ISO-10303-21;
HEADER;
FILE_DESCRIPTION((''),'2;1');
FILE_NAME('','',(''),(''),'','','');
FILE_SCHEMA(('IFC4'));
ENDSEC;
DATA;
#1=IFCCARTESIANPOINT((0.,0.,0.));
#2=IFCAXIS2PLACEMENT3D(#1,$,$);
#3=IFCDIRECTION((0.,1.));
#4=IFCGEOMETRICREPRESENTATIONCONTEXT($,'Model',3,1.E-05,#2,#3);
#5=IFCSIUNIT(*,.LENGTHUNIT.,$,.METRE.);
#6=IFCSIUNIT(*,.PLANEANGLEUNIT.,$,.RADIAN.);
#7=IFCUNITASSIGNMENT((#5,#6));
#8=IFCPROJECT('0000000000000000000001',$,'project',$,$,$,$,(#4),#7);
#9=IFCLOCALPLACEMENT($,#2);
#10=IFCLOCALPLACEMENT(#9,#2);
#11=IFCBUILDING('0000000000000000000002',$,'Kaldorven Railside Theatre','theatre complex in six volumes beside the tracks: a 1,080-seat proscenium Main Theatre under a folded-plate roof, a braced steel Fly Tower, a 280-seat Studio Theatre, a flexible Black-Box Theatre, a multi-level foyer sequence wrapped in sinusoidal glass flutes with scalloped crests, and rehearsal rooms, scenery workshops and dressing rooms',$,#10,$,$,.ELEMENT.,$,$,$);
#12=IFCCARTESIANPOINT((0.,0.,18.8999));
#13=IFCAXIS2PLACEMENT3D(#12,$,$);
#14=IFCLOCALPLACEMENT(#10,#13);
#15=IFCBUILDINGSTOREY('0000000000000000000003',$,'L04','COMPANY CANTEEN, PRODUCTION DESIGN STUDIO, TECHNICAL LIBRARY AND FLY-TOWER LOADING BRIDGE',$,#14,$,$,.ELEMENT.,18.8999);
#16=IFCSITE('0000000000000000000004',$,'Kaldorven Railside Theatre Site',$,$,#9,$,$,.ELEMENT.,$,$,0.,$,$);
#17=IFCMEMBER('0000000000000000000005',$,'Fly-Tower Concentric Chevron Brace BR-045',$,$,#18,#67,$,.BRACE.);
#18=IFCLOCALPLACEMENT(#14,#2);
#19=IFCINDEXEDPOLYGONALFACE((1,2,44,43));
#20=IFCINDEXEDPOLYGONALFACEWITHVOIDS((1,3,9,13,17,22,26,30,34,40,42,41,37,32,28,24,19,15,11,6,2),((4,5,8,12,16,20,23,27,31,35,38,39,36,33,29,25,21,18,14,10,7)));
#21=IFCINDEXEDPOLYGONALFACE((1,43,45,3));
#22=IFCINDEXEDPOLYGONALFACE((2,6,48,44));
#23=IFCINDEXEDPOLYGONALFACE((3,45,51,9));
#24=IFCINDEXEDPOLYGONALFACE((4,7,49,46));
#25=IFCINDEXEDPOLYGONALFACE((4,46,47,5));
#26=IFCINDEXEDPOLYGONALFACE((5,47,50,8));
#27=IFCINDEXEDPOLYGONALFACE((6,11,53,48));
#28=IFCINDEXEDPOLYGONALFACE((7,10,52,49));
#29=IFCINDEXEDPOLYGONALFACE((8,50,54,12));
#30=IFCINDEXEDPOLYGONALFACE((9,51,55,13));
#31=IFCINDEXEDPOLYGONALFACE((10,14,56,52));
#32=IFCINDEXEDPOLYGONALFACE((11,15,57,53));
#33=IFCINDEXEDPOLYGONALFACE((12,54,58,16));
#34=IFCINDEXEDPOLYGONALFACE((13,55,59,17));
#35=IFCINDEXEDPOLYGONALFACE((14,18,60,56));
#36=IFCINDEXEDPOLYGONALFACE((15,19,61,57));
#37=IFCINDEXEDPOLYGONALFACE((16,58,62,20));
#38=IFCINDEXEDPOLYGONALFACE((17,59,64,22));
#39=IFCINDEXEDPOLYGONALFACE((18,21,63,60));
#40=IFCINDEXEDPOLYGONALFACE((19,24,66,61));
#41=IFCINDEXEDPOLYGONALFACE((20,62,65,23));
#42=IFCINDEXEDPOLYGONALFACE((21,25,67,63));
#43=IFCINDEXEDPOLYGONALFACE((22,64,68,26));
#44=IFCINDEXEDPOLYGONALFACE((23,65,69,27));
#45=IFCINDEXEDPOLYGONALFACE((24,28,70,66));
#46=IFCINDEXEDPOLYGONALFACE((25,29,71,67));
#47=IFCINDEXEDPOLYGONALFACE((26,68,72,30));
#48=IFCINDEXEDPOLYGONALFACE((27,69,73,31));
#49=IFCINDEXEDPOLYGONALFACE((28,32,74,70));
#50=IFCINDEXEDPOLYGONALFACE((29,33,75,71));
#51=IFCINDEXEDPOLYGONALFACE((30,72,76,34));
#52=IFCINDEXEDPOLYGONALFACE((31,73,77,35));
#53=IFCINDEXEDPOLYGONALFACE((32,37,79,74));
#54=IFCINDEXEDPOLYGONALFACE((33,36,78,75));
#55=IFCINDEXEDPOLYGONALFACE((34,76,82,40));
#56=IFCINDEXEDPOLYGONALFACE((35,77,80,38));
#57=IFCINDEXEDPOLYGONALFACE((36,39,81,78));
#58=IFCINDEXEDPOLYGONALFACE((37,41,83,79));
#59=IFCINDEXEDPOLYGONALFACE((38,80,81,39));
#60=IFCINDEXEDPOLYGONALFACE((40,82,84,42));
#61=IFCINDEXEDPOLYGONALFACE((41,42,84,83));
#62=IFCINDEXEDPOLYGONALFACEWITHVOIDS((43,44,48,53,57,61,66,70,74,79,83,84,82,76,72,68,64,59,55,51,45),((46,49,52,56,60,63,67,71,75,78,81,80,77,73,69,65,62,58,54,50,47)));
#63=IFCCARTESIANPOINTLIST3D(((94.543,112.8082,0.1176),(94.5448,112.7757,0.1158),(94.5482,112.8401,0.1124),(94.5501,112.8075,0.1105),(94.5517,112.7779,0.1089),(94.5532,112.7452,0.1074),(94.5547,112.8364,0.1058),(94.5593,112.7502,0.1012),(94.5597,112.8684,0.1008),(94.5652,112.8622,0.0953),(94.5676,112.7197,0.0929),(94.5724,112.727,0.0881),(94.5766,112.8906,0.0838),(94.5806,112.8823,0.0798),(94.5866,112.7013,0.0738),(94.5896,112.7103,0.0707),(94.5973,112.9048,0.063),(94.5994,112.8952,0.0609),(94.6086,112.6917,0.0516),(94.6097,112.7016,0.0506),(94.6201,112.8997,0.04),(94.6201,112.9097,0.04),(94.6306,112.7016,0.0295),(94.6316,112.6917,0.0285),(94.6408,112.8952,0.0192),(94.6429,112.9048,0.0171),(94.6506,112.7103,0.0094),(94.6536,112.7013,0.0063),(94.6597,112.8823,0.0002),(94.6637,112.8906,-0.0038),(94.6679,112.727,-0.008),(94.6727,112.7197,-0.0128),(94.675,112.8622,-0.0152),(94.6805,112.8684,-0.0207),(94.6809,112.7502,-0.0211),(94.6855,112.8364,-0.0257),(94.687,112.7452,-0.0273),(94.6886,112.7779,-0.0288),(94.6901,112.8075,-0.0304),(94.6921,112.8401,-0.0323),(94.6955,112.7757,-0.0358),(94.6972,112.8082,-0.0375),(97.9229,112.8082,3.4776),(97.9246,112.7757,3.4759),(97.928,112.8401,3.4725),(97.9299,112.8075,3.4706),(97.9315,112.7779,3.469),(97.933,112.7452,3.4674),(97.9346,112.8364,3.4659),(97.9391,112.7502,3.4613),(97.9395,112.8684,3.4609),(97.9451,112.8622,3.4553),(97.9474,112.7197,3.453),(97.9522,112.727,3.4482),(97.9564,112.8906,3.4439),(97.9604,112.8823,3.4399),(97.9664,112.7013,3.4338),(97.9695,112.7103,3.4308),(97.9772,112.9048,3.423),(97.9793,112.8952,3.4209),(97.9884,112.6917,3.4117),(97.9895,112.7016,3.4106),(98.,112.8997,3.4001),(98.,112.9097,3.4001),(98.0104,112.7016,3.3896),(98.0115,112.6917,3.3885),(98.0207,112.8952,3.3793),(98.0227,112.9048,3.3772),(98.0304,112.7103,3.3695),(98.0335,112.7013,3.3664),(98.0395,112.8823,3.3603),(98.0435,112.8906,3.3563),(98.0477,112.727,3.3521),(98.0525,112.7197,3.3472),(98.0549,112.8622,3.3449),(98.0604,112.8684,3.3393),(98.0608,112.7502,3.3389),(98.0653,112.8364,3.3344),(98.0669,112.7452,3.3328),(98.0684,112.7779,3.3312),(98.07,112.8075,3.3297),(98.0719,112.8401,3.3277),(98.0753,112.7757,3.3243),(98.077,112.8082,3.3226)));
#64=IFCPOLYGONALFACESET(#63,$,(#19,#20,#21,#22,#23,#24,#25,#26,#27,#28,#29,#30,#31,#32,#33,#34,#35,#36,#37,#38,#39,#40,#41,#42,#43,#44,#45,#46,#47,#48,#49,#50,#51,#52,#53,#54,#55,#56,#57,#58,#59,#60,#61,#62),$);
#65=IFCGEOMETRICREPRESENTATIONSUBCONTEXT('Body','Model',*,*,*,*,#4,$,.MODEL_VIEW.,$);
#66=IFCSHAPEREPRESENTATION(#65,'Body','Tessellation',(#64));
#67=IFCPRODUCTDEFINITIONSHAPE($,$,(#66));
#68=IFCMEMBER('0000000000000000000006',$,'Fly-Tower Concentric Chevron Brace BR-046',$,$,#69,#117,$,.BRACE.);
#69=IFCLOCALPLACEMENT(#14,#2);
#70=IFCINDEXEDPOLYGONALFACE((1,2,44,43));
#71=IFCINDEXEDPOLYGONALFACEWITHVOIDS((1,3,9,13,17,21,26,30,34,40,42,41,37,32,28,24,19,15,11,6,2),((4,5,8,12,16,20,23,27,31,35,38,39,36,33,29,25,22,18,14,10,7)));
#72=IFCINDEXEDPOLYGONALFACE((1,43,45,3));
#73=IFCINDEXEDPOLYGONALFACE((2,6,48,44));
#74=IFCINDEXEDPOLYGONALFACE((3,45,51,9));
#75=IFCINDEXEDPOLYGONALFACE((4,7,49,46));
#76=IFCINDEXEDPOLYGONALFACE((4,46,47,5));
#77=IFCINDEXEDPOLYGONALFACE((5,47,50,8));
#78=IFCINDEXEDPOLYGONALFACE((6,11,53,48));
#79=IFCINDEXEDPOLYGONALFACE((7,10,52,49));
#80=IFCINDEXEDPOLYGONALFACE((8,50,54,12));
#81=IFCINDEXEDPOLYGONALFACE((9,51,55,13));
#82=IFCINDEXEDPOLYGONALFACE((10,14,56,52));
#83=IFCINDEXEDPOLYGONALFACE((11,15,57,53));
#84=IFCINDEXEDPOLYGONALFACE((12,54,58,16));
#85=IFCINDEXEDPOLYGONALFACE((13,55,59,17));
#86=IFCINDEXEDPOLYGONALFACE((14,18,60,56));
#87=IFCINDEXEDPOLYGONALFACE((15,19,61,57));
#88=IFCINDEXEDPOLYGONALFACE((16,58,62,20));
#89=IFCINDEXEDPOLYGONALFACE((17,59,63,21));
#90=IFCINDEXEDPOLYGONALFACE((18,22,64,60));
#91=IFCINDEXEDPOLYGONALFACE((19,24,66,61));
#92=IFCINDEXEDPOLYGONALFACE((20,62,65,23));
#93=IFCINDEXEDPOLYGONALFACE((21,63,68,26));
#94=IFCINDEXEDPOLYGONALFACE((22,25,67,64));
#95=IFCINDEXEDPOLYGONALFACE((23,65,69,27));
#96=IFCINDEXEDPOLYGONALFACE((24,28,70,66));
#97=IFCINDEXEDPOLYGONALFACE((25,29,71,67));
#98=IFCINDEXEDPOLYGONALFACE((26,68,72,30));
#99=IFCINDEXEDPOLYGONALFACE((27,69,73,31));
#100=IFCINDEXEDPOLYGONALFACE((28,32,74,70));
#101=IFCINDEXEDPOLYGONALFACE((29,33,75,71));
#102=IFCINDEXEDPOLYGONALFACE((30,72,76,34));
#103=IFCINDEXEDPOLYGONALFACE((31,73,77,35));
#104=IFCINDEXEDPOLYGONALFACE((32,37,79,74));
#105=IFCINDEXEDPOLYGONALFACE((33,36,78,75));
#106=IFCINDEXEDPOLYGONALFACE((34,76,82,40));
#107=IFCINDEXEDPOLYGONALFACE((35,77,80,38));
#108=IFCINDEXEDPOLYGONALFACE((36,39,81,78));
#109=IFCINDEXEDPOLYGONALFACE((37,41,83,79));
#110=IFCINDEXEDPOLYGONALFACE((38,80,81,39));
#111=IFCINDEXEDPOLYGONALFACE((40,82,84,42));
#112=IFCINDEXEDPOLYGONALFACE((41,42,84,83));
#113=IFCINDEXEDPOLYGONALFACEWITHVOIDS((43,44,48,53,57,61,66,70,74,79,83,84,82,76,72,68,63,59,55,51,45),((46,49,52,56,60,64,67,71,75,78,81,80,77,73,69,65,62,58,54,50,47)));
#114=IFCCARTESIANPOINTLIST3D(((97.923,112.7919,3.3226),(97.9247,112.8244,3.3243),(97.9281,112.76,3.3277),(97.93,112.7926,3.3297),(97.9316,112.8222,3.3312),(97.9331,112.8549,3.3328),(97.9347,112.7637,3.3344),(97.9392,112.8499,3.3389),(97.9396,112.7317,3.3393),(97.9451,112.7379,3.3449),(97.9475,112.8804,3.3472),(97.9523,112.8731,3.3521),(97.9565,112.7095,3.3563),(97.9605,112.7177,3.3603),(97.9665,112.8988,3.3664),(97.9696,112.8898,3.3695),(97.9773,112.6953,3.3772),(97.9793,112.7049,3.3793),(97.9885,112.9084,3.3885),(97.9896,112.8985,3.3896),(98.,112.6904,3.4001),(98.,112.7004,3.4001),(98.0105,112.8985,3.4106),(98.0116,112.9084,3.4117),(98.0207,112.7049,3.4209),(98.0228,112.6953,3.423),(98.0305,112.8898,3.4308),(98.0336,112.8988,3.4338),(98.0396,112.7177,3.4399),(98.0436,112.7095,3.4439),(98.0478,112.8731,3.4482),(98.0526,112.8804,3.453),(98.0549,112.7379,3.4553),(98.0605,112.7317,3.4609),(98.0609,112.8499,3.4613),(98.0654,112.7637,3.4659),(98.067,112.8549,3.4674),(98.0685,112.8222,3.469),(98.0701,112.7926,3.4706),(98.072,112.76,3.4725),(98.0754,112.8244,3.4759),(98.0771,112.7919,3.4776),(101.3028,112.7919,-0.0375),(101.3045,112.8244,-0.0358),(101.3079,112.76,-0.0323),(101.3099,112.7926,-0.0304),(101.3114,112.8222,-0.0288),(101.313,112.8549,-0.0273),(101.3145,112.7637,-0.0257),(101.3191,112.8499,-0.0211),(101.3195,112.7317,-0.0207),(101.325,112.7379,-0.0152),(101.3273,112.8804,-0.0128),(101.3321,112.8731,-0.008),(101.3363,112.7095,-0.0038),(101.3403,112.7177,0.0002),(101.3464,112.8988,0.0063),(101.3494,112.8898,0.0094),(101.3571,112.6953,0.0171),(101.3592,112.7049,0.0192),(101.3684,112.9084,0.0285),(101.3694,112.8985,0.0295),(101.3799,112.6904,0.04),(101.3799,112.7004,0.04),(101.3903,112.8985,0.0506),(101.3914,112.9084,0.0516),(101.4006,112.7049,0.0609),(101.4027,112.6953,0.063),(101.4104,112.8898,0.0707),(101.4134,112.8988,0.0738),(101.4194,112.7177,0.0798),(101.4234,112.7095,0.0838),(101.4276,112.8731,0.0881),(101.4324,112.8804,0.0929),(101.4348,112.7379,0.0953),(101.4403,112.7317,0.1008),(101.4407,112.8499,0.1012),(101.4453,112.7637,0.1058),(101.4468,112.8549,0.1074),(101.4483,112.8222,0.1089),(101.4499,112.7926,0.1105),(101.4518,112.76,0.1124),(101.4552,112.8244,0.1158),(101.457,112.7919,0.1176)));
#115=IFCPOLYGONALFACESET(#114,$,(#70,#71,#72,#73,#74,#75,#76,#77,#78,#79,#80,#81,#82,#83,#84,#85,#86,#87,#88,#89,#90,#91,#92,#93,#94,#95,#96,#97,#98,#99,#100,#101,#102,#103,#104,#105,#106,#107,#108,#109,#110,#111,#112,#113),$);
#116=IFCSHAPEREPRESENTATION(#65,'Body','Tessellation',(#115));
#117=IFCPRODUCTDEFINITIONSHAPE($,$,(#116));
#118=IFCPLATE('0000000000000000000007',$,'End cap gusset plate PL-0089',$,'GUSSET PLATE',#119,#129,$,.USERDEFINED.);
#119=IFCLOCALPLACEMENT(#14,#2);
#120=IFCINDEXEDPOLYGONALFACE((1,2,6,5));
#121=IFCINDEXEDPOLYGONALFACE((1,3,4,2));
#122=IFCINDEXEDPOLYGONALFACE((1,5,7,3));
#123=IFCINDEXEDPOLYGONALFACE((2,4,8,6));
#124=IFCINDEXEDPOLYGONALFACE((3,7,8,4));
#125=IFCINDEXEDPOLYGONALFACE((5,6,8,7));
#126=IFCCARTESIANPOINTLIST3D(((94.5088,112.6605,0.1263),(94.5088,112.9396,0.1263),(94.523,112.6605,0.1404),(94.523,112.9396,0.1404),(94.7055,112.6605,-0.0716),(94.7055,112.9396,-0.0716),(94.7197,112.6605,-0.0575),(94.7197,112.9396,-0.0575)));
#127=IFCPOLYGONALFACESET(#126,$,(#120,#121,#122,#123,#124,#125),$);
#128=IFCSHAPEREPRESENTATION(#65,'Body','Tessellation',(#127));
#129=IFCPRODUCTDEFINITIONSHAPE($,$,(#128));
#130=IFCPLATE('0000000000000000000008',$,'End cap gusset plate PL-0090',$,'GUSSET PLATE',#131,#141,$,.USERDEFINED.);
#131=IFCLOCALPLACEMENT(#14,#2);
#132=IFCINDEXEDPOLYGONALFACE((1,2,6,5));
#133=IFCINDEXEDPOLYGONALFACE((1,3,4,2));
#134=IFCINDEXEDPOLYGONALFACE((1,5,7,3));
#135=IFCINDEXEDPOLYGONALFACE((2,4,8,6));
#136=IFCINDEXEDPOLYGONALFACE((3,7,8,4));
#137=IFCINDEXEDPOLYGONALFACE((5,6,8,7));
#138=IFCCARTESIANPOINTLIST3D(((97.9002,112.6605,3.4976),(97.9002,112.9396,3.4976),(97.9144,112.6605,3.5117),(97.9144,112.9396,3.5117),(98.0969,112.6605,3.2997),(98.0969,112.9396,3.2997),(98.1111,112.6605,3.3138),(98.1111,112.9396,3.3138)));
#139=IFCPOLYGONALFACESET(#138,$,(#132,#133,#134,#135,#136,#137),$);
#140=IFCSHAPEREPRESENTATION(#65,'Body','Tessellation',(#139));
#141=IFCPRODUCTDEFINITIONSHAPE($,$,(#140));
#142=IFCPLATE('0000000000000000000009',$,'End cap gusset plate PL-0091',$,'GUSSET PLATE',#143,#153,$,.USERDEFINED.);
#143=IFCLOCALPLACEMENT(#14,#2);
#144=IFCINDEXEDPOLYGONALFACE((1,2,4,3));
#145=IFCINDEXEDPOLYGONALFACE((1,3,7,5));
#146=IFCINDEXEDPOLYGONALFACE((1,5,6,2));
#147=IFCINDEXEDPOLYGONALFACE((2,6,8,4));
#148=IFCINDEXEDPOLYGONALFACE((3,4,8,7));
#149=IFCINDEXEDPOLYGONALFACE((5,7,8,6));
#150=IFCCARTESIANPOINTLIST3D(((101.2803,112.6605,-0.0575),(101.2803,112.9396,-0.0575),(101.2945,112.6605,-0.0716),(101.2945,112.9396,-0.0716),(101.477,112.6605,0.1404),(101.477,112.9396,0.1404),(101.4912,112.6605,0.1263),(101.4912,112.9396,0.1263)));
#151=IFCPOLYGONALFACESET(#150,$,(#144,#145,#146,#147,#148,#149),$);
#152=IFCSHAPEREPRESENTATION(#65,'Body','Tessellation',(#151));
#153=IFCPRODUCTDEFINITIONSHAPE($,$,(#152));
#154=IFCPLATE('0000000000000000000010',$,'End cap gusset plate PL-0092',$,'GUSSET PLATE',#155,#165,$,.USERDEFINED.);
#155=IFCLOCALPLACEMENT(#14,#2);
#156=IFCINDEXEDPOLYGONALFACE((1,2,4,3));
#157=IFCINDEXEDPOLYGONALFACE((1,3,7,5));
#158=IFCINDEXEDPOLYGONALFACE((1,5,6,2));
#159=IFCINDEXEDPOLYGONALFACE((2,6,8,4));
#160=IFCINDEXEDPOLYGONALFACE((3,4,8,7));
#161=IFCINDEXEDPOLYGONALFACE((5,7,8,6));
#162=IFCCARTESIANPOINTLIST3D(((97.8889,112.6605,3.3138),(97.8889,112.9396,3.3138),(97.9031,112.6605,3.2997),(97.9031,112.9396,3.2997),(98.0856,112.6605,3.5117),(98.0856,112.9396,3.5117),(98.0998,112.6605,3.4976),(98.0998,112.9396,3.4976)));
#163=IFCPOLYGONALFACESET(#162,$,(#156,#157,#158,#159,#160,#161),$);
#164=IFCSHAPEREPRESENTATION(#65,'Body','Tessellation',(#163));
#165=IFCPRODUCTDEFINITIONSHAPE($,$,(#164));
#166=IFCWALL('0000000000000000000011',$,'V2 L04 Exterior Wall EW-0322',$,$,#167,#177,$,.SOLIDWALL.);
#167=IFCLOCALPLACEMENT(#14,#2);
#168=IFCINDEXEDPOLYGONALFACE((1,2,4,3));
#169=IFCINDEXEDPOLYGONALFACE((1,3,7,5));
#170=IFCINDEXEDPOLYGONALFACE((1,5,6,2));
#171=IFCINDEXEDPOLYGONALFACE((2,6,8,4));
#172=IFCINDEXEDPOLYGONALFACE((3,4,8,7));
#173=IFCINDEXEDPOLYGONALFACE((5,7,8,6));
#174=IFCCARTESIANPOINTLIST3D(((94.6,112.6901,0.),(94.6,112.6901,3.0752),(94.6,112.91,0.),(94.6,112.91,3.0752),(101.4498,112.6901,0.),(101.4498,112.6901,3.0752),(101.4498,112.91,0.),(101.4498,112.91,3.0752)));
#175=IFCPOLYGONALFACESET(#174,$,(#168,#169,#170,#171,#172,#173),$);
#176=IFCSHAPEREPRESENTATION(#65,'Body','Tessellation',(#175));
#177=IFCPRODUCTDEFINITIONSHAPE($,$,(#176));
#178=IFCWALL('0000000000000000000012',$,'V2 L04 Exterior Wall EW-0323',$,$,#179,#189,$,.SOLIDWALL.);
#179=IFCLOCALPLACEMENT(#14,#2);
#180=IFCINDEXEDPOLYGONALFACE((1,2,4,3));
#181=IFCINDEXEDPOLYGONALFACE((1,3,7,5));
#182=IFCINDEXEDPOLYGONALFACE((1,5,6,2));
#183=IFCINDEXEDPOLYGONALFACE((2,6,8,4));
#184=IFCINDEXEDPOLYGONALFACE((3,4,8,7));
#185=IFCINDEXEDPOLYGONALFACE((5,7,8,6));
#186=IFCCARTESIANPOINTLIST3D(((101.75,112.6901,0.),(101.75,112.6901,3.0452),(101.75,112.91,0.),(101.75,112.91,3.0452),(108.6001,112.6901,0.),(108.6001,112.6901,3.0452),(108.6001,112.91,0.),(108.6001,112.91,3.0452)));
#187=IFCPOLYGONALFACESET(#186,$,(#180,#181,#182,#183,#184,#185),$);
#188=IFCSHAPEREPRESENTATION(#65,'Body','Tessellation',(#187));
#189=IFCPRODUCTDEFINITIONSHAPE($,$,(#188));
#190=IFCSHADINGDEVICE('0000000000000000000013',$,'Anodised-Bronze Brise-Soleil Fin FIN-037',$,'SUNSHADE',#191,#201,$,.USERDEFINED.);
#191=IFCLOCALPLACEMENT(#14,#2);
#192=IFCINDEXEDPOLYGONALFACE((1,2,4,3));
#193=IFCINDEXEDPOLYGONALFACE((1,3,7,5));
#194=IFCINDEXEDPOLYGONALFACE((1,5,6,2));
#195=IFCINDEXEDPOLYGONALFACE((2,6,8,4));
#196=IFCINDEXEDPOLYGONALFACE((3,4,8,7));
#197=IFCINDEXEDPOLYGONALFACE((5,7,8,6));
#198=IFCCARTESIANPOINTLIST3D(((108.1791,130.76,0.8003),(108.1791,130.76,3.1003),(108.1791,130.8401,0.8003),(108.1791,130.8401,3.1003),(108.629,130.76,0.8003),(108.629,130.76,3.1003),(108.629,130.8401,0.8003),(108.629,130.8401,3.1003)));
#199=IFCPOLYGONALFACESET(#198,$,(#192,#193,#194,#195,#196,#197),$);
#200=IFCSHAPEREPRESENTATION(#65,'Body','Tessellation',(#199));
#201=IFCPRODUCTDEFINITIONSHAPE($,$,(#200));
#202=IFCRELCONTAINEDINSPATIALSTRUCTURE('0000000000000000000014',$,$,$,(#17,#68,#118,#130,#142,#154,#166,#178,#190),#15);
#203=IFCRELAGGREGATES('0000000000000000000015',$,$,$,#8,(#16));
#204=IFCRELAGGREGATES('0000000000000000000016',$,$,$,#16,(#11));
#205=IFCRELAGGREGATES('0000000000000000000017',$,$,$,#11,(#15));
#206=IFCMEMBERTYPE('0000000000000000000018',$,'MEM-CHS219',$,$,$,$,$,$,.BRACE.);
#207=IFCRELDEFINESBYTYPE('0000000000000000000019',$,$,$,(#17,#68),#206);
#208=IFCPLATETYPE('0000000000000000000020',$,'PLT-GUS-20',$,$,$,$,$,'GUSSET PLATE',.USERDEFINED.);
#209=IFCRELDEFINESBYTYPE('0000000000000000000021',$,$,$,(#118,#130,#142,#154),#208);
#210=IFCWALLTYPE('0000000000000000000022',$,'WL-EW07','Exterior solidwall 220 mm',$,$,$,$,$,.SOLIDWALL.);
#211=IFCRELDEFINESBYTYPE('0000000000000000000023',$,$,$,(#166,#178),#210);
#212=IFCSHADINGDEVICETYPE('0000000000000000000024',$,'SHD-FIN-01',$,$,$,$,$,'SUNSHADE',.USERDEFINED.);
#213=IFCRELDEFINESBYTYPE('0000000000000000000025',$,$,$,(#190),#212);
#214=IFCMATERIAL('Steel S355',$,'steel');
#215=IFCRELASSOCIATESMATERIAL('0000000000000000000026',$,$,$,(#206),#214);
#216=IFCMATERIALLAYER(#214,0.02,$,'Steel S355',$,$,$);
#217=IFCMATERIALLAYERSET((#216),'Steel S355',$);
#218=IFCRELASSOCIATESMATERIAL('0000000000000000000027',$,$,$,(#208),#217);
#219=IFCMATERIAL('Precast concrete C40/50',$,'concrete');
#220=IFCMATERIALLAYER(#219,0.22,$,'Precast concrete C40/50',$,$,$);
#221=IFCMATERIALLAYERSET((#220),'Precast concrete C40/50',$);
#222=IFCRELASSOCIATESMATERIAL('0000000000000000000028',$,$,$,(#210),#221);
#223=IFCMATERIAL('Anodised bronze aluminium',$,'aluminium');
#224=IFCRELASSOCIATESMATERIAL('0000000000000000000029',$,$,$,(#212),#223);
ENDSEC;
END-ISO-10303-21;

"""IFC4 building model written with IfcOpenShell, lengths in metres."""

from ifc_helpers import new_model, si_unit, direction, frame, frame_2d, origin, origin_2d, place, context, subcontext, project, spatial, rectangle, hollow_circle, extrude, material, layer, layer_set, material_profile, profile_set, type_object, element, save


model = new_model("IFC4")

# Units and contexts
model_context = context("Model", 3, precision=1e-05, world=origin(), true_north=direction((0.0, 1.0)))
body_context = subcontext(model_context, "Body", "Model", "MODEL_VIEW")
ifc_project = project(units=[si_unit("LENGTHUNIT", "METRE"), si_unit("PLANEANGLEUNIT", "RADIAN")], contexts=[model_context])

# Site, building, storey
site_placement = place(None, origin())
site = spatial("IfcSite", under=ifc_project, at=site_placement, Name="Kaldorven Railside Theatre Site", CompositionType="ELEMENT", RefElevation=0.0)
building_placement = place(site_placement, origin())
building = spatial("IfcBuilding", under=site, at=building_placement, Name="Kaldorven Railside Theatre", Description="theatre complex in six volumes beside the tracks: a 1,080-seat proscenium Main Theatre under a folded-plate roof, a braced steel Fly Tower, a 280-seat Studio Theatre, a flexible Black-Box Theatre, a multi-level foyer sequence wrapped in sinusoidal glass flutes with scalloped crests, and rehearsal rooms, scenery workshops and dressing rooms", CompositionType="ELEMENT")
storey_placement = place(building_placement, frame((0.0, 0.0, 18.8999)))
storey = spatial("IfcBuildingStorey", under=building, at=storey_placement, Name="L04", Description="COMPANY CANTEEN, PRODUCTION DESIGN STUDIO, TECHNICAL LIBRARY AND FLY-TOWER LOADING BRIDGE", CompositionType="ELEMENT", Elevation=18.8999)

# Shared definitions
ifc_material_1 = material(Name="Steel S355", Category="steel")

# Members
ifc_material_profile_1 = material_profile(ifc_material_1, hollow_circle(Radius=0.1096, WallThickness=0.01, at=origin_2d()), Name="CHS 219.1x10")
ifc_profile_set_1 = profile_set([ifc_material_profile_1], Name="Steel S355")
member_type = type_object("IfcMemberType", Name="MEM-CHS219", PredefinedType="BRACE", material=ifc_profile_set_1)
for number, where, z_axis, x_axis, name in (
    (1, (94.6201, 112.8, 0.04), (0.709178, 0.0, 0.705029), (0.0, 1.0, 0.0), "Fly-Tower Concentric Chevron Brace BR-045"),
    (2, (101.3799, 112.8, 0.04), (-0.709178, 0.0, 0.705029), (0.0, -1.0, 0.0), "Fly-Tower Concentric Chevron Brace BR-046"),
):
    element("IfcMember", number, at=place(storey_placement, frame(where, z_axis=z_axis, x_axis=x_axis)), inside=storey, type_object=member_type, Name=name, PredefinedType="BRACE", context=body_context, shape_type="SweptSolid", body=[
        extrude(hollow_circle(Radius=0.1096, WallThickness=0.01, at=origin_2d()), origin(), (0.0, 0.0, 1.0), 4.7659),
    ])

# Plates
ifc_layer_1 = layer(ifc_material_1, 0.02, Name="Steel S355")
ifc_layer_set_1 = layer_set([ifc_layer_1], Name="Steel S355")
plate_type = type_object("IfcPlateType", Name="PLT-GUS-20", ElementType="GUSSET PLATE", PredefinedType="USERDEFINED", material=ifc_layer_set_1)
for number, where, z_axis, x_axis, name in (
    (3, (94.6072, 112.8, 0.0273), (0.709202, 0.0, 0.705006), (0.0, 1.0, 0.0), "End cap gusset plate PL-0089"),
    (4, (97.9985, 112.8, 3.3987), (0.709202, 0.0, 0.705006), (0.0, 1.0, 0.0), "End cap gusset plate PL-0090"),
    (5, (101.3928, 112.8, 0.0273), (-0.709202, 0.0, 0.705006), (0.0, -1.0, 0.0), "End cap gusset plate PL-0091"),
    (6, (98.0015, 112.8, 3.3987), (-0.709202, 0.0, 0.705006), (0.0, -1.0, 0.0), "End cap gusset plate PL-0092"),
):
    element("IfcPlate", number, at=place(storey_placement, frame(where, z_axis=z_axis, x_axis=x_axis)), inside=storey, type_object=plate_type, Name=name, ObjectType="GUSSET PLATE", PredefinedType="USERDEFINED", context=body_context, shape_type="SweptSolid", body=[
        extrude(rectangle(XDim=0.2791, YDim=0.2791, at=origin_2d()), origin(), (0.0, 0.0, 1.0), 0.02),
    ])

# Walls
ifc_material_2 = material(Name="Precast concrete C40/50", Category="concrete")
ifc_layer_2 = layer(ifc_material_2, 0.22, Name="Precast concrete C40/50")
ifc_layer_set_2 = layer_set([ifc_layer_2], Name="Precast concrete C40/50")
wall_type = type_object("IfcWallType", Name="WL-EW07", Description="Exterior solidwall 220 mm", PredefinedType="SOLIDWALL", material=ifc_layer_set_2)
wall_1_placement = place(storey_placement, frame((94.6001, 112.8, 0.0), z_axis=(0.0, 0.0, 1.0), x_axis=(1.0, 0.0, 0.0)))
element("IfcWall", 7, at=wall_1_placement, inside=storey, type_object=wall_type, Name="V2 L04 Exterior Wall EW-0322", PredefinedType="SOLIDWALL", context=body_context, shape_type="SweptSolid", body=[
    extrude(rectangle(XDim=6.8499, YDim=0.22, at=frame_2d((3.4248, 0.0))), origin(), (0.0, 0.0, 1.0), 3.0752),
])
wall_2_placement = place(storey_placement, frame((101.75, 112.8, 0.0), z_axis=(0.0, 0.0, 1.0), x_axis=(1.0, 0.0, 0.0)))
element("IfcWall", 8, at=wall_2_placement, inside=storey, type_object=wall_type, Name="V2 L04 Exterior Wall EW-0323", PredefinedType="SOLIDWALL", context=body_context, shape_type="SweptSolid", body=[
    extrude(rectangle(XDim=6.8501, YDim=0.22, at=frame_2d((3.425, 0.0))), origin(), (0.0, 0.0, 1.0), 3.0452),
])

# Shading device
ifc_material_3 = material(Name="Anodised bronze aluminium", Category="aluminium")
shading_device_type_1 = type_object("IfcShadingDeviceType", Name="SHD-FIN-01", ElementType="SUNSHADE", PredefinedType="USERDEFINED", material=ifc_material_3)
shading_device_1_placement = place(storey_placement, frame((108.4041, 130.8, 0.8003), z_axis=(0.0, 0.0, 1.0), x_axis=(0.0, 1.0, 0.0)))
element("IfcShadingDevice", 9, at=shading_device_1_placement, inside=storey, type_object=shading_device_type_1, Name="Anodised-Bronze Brise-Soleil Fin FIN-037", ObjectType="SUNSHADE", PredefinedType="USERDEFINED", context=body_context, shape_type="SweptSolid", body=[
    extrude(rectangle(XDim=0.0801, YDim=0.45, at=origin_2d()), origin(), (0.0, 0.0, 1.0), 2.3),
])

save(model, "model.ifc")
